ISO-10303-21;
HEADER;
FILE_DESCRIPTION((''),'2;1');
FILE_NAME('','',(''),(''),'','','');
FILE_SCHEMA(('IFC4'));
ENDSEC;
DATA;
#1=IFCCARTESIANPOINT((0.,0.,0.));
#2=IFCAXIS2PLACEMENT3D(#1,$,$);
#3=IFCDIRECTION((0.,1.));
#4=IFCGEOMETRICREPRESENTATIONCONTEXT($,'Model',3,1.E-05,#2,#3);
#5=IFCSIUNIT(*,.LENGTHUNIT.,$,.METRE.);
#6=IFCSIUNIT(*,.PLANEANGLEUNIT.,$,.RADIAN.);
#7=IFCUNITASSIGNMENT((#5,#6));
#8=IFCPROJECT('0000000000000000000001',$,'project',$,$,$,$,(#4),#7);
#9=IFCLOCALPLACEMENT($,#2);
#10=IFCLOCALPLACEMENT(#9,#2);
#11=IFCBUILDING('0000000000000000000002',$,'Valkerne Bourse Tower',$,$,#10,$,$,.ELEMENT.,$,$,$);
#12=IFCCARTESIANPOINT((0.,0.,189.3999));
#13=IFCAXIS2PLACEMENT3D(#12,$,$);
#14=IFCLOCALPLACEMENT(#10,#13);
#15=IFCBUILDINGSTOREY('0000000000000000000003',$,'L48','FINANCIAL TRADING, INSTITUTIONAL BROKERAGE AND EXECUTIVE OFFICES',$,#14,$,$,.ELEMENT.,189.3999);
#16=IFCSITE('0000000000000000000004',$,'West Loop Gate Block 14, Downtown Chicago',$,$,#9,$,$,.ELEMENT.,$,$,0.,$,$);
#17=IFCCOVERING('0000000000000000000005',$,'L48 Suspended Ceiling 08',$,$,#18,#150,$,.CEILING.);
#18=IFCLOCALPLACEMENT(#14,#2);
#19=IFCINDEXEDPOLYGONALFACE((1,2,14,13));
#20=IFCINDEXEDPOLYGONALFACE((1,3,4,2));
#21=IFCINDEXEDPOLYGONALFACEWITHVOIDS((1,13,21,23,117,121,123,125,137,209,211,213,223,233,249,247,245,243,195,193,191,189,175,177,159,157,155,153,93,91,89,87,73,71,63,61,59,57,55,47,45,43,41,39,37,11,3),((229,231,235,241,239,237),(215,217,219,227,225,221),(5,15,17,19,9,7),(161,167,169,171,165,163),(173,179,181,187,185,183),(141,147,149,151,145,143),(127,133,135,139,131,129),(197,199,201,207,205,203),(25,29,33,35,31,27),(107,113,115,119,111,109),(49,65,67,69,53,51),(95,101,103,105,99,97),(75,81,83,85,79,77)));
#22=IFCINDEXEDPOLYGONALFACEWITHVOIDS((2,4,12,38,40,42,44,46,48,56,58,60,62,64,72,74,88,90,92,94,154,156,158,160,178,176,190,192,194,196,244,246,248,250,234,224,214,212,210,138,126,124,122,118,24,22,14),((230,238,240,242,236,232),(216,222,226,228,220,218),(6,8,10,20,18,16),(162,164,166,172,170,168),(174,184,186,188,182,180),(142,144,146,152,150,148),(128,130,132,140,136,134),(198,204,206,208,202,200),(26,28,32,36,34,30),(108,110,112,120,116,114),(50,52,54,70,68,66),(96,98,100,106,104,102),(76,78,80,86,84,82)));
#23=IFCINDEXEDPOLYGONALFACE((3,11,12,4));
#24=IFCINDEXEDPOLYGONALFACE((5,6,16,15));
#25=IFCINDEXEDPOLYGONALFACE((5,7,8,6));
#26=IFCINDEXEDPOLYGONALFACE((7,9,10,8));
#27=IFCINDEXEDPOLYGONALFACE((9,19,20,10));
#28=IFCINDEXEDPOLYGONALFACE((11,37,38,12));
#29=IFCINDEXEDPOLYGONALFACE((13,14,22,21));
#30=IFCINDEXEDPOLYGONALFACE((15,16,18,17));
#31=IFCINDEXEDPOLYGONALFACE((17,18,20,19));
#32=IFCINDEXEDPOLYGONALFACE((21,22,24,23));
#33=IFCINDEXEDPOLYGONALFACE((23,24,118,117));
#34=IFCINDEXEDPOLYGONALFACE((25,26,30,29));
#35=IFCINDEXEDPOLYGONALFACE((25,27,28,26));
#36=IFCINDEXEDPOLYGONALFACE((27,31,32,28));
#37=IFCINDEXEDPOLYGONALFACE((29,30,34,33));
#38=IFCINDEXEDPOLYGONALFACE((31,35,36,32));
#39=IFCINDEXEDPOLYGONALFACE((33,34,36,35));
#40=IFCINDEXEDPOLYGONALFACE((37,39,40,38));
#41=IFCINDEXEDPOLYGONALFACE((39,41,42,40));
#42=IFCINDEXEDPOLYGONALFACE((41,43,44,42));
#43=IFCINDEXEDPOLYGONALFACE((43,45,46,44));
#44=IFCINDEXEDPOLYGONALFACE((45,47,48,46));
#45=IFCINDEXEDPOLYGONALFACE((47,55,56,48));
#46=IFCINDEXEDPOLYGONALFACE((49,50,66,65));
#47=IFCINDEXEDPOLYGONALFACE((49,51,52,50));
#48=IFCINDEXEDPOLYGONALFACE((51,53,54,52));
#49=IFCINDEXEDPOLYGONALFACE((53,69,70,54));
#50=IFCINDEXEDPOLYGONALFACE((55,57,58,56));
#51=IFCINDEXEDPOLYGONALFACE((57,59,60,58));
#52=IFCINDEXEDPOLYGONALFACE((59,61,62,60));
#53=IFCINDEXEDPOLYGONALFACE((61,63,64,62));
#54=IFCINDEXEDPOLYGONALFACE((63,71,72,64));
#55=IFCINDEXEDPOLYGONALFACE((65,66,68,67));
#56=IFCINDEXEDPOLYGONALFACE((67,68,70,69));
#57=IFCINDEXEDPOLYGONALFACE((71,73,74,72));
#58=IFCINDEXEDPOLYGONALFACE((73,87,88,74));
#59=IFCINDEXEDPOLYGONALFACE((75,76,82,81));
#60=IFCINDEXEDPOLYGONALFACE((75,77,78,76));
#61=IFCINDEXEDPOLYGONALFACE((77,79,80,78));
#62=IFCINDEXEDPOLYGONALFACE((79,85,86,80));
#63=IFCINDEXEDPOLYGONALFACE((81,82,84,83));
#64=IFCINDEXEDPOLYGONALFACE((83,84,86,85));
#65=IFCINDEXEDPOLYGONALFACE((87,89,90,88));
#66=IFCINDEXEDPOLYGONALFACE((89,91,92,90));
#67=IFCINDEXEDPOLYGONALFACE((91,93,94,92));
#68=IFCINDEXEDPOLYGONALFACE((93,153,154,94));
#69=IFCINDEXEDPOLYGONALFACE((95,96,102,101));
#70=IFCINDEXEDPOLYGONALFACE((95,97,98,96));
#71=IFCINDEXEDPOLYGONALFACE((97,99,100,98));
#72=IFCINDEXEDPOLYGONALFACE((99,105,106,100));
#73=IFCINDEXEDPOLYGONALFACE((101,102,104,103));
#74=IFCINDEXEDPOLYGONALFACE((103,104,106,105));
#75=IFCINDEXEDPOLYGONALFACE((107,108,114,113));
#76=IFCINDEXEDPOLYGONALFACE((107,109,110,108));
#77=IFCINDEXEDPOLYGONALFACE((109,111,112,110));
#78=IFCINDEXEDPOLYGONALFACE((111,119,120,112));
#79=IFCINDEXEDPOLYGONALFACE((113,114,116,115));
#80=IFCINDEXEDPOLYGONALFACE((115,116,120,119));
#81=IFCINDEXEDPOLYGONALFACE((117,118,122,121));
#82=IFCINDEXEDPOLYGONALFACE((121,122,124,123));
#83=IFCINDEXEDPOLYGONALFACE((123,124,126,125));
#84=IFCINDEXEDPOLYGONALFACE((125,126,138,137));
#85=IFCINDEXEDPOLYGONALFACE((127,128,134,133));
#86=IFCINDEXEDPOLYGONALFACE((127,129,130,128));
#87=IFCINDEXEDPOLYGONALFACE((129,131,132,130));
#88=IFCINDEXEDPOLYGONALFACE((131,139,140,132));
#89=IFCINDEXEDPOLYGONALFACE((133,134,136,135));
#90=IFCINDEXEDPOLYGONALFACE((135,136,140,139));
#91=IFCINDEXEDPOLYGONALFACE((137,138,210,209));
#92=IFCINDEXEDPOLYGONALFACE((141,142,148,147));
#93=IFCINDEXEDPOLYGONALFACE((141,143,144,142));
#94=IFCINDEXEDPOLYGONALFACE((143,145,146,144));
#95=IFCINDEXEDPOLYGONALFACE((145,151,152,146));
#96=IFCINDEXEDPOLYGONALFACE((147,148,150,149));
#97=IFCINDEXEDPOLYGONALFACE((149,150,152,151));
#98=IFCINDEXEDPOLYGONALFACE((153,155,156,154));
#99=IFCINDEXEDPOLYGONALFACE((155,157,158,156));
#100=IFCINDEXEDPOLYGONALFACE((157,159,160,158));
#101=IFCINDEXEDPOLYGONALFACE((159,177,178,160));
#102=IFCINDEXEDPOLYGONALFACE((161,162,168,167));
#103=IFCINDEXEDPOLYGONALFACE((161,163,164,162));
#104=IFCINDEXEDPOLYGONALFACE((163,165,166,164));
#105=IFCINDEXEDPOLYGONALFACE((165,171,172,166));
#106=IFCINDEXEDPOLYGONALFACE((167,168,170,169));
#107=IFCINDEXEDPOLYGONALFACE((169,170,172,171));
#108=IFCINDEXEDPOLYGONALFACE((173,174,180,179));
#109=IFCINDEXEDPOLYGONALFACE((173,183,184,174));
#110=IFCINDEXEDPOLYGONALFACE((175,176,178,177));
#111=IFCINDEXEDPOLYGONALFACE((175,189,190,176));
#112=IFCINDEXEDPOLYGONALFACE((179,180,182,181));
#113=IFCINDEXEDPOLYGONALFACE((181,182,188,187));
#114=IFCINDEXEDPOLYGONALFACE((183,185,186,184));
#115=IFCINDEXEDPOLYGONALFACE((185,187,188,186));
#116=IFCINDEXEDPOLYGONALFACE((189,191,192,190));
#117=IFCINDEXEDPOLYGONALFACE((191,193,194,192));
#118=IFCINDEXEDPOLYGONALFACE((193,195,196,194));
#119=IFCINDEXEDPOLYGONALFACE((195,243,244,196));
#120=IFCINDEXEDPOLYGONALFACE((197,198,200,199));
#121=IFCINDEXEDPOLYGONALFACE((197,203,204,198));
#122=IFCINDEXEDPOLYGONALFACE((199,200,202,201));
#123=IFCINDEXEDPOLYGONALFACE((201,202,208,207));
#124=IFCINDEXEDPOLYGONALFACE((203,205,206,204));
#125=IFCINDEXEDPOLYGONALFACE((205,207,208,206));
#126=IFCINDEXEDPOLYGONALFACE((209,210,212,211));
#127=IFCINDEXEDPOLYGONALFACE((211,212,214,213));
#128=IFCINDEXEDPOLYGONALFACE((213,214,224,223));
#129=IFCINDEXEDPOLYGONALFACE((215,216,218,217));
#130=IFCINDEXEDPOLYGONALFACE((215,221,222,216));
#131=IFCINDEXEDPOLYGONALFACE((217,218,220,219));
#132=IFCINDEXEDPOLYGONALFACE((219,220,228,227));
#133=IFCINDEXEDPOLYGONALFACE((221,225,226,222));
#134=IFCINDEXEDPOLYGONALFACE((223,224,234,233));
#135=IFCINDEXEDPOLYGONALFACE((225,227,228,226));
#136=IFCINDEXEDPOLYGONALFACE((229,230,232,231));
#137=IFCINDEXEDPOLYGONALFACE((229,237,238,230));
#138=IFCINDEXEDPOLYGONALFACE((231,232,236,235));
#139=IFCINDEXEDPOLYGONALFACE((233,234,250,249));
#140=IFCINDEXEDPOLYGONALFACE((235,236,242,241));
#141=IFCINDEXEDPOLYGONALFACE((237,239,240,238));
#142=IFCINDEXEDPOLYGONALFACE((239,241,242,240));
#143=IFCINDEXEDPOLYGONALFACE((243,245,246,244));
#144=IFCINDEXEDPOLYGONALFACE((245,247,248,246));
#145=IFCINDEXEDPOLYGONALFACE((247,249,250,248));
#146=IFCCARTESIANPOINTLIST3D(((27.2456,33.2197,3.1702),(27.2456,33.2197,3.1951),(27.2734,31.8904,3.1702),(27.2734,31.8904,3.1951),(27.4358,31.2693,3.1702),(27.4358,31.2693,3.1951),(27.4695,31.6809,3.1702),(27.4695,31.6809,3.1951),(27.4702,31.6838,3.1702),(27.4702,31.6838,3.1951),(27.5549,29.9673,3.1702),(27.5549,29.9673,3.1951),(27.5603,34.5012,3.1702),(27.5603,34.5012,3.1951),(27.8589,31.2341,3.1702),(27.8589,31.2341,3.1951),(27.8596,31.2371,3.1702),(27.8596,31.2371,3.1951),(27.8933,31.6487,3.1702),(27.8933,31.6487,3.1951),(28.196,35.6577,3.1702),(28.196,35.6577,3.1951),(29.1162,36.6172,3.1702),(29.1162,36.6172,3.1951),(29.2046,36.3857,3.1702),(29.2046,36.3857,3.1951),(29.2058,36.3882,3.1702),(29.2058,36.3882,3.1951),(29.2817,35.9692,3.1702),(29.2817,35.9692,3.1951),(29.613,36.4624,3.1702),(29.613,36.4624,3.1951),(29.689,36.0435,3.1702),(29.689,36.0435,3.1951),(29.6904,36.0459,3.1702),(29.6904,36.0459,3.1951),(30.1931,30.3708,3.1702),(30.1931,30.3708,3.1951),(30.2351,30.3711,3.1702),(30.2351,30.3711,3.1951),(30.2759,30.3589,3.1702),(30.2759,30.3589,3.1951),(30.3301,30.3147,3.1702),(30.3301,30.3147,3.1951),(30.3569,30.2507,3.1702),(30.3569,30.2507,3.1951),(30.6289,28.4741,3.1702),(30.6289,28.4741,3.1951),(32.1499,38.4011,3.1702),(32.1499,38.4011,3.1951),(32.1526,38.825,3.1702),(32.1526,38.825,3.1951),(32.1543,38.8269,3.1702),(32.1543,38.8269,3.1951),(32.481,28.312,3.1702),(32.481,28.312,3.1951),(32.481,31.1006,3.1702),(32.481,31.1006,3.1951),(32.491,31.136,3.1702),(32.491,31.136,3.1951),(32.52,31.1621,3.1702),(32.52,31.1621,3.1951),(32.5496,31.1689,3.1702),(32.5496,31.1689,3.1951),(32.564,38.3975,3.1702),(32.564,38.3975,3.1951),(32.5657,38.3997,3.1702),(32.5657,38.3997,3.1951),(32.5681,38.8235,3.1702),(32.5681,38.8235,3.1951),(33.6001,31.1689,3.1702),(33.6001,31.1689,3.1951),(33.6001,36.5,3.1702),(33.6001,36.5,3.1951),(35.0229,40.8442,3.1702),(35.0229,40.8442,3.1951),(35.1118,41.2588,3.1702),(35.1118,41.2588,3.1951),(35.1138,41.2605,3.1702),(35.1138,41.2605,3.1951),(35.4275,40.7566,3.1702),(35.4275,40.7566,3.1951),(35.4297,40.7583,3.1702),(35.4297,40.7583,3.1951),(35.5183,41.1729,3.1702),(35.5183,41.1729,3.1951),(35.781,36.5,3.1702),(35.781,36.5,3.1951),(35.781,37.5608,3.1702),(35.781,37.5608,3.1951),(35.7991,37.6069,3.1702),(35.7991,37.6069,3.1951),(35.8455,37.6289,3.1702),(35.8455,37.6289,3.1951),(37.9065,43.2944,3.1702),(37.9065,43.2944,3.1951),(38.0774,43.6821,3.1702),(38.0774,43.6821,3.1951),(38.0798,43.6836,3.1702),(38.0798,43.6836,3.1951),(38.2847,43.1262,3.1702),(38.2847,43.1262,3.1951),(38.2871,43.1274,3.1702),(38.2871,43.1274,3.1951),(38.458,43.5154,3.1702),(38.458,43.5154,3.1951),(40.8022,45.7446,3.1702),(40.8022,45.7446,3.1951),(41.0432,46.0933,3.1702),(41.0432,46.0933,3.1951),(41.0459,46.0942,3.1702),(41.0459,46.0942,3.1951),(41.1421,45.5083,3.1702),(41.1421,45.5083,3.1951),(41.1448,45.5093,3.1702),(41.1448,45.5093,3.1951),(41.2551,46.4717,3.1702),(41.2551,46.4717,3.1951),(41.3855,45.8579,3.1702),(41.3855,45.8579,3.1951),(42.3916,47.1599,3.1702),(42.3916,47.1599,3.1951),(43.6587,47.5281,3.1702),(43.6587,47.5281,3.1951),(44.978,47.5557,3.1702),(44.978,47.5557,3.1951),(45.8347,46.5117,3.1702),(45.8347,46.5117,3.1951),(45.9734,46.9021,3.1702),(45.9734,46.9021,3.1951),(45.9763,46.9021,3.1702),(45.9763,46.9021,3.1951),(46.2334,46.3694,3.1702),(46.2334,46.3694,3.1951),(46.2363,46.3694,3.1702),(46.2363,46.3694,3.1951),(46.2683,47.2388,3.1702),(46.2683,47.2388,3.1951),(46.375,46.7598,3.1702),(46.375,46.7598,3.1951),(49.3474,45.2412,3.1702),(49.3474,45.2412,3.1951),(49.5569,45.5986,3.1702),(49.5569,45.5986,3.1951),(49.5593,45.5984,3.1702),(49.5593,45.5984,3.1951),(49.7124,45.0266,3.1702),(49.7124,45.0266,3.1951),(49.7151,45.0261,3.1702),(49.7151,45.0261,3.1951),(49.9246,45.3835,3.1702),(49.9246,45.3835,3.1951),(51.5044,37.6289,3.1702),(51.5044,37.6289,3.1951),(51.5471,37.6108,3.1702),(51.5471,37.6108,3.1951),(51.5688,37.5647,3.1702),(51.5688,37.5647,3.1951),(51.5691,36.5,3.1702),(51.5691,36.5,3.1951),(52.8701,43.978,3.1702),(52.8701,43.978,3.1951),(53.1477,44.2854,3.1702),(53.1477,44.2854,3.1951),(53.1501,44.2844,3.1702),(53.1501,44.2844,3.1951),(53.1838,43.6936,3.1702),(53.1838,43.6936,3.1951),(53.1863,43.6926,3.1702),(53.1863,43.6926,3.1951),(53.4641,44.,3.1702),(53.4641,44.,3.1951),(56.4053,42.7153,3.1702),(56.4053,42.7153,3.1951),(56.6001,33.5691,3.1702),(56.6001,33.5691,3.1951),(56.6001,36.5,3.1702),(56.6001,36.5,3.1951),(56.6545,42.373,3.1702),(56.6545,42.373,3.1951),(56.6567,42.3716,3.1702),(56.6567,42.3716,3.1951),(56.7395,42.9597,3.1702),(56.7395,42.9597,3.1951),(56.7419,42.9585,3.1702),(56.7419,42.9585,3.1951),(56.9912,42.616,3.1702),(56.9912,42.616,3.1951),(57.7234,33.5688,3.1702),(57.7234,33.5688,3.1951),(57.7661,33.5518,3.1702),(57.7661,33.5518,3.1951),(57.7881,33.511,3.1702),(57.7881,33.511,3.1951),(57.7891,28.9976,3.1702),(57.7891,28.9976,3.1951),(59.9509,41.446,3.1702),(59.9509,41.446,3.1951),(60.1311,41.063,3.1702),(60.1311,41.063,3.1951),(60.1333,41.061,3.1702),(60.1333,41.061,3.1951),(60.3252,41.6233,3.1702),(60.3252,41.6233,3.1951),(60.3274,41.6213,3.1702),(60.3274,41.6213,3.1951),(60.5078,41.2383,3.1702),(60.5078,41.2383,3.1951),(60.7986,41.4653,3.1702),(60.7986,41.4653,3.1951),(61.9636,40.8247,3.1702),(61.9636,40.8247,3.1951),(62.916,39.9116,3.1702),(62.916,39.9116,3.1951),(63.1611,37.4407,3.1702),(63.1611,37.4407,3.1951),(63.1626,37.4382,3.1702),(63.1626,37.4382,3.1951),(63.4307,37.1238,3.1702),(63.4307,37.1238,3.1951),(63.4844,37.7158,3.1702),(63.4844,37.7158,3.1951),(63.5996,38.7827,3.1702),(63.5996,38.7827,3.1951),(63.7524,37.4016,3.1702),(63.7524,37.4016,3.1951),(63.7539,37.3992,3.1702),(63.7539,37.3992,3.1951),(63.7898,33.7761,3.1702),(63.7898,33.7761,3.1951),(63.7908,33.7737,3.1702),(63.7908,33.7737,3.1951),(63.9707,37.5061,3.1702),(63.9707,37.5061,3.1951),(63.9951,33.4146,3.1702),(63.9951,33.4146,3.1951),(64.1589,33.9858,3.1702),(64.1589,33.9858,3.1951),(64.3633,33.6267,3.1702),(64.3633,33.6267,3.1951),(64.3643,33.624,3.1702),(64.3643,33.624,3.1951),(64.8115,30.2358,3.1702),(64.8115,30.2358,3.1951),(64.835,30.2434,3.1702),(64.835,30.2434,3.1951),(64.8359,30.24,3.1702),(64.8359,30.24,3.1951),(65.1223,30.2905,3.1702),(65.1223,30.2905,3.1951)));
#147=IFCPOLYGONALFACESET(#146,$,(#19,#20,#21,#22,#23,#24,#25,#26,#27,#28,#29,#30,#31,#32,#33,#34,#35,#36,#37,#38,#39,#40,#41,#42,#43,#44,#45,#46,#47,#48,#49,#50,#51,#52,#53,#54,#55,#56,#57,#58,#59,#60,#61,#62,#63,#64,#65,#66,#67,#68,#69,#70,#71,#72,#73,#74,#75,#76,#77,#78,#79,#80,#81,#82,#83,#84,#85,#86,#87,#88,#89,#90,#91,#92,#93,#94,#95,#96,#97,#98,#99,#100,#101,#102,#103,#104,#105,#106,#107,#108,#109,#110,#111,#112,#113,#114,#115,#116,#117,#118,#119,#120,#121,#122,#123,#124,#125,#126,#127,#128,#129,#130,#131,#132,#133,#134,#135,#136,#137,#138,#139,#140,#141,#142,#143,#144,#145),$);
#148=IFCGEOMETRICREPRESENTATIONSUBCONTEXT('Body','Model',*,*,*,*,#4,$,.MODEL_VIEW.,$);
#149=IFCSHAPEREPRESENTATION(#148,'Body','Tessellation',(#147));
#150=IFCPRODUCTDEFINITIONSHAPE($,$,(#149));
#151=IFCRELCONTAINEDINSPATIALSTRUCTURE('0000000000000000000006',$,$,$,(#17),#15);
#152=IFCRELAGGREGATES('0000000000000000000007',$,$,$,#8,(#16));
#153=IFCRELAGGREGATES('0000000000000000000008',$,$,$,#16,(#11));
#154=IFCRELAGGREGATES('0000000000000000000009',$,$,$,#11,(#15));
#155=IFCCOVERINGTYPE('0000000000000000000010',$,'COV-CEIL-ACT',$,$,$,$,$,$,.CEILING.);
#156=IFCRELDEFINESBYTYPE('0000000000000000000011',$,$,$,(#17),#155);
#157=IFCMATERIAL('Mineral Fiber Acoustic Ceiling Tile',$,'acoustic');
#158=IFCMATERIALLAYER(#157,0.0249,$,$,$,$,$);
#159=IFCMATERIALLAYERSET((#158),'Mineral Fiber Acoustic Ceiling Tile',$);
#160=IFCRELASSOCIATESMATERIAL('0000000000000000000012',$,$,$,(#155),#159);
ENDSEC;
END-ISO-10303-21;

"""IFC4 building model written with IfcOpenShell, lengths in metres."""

from ifc_helpers import new_model, si_unit, direction, frame, origin, place, context, subcontext, project, spatial, polyline, outline, extrude, material, layer, layer_set, type_object, element, save


model = new_model("IFC4")

# Units and contexts
model_context = context("Model", 3, precision=1e-05, world=origin(), true_north=direction((0.0, 1.0)))
body_context = subcontext(model_context, "Body", "Model", "MODEL_VIEW")
ifc_project = project(units=[si_unit("LENGTHUNIT", "METRE"), si_unit("PLANEANGLEUNIT", "RADIAN")], contexts=[model_context])

# Site, building, storey
site_placement = place(None, origin())
site = spatial("IfcSite", under=ifc_project, at=site_placement, Name="West Loop Gate Block 14, Downtown Chicago", CompositionType="ELEMENT", RefElevation=0.0)
building_placement = place(site_placement, origin())
building = spatial("IfcBuilding", under=site, at=building_placement, Name="Valkerne Bourse Tower", CompositionType="ELEMENT")
storey_placement = place(building_placement, frame((0.0, 0.0, 189.3999)))
storey = spatial("IfcBuildingStorey", under=building, at=storey_placement, Name="L48", Description="FINANCIAL TRADING, INSTITUTIONAL BROKERAGE AND EXECUTIVE OFFICES", CompositionType="ELEMENT", Elevation=189.3999)

# Covering
ifc_material_1 = material(Name="Mineral Fiber Acoustic Ceiling Tile", Category="acoustic")
ifc_layer_1 = layer(ifc_material_1, 0.0249)
ifc_layer_set_1 = layer_set([ifc_layer_1], Name="Mineral Fiber Acoustic Ceiling Tile")
covering_type_1 = type_object("IfcCoveringType", Name="COV-CEIL-ACT", PredefinedType="CEILING", material=ifc_layer_set_1)
covering_1_placement = place(storey_placement, frame((0.0, 0.0, 3.1702)))
element("IfcCovering", 1, at=covering_1_placement, inside=storey, type_object=covering_type_1, Name="L48 Suspended Ceiling 08", PredefinedType="CEILING", context=body_context, shape_type="SweptSolid", body=[
    extrude(outline(polyline([(29.1162, 36.6172), (41.2551, 46.4717), (42.3916, 47.1599), (43.6587, 47.5281), (44.978, 47.5557), (46.2683, 47.2388), (60.7986, 41.4653), (61.9636, 40.8247), (62.916, 39.9116), (63.5996, 38.7827), (63.9707, 37.5061), (65.1223, 30.2905), (64.8359, 30.24), (64.835, 30.2434), (64.8115, 30.2358), (57.7891, 28.9976), (57.7881, 33.511), (57.7661, 33.5518), (57.7234, 33.5688), (56.6001, 33.5691), (56.6001, 36.5), (51.5691, 36.5), (51.5688, 37.5647), (51.5471, 37.6108), (51.5044, 37.6289), (35.8455, 37.6289), (35.7991, 37.6069), (35.781, 37.5608), (35.781, 36.5), (33.6001, 36.5), (33.6001, 31.1689), (32.5496, 31.1689), (32.52, 31.1621), (32.491, 31.136), (32.481, 31.1006), (32.481, 28.312), (30.6289, 28.4741), (30.3569, 30.2507), (30.3301, 30.3147), (30.2759, 30.3589), (30.2351, 30.3711), (30.1931, 30.3708), (27.5549, 29.9673), (27.2734, 31.8904), (27.2456, 33.2197), (27.5603, 34.5012), (28.196, 35.6577), (29.1162, 36.6172)]), holes=[polyline([(27.8596, 31.2371), (27.8933, 31.6487), (27.4702, 31.6838), (27.4695, 31.6809), (27.4358, 31.2693), (27.8589, 31.2341), (27.8596, 31.2371)]), polyline([(29.6904, 36.0459), (29.613, 36.4624), (29.2058, 36.3882), (29.2046, 36.3857), (29.2817, 35.9692), (29.689, 36.0435), (29.6904, 36.0459)]), polyline([(32.5681, 38.8235), (32.1543, 38.8269), (32.1526, 38.825), (32.1499, 38.4011), (32.564, 38.3975), (32.5657, 38.3997), (32.5681, 38.8235)]), polyline([(35.5183, 41.1729), (35.1138, 41.2605), (35.1118, 41.2588), (35.0229, 40.8442), (35.4275, 40.7566), (35.4297, 40.7583), (35.5183, 41.1729)]), polyline([(38.2871, 43.1274), (38.458, 43.5154), (38.0798, 43.6836), (38.0774, 43.6821), (37.9065, 43.2944), (38.2847, 43.1262), (38.2871, 43.1274)]), polyline([(53.4641, 44.0), (53.1501, 44.2844), (53.1477, 44.2854), (52.8701, 43.978), (53.1838, 43.6936), (53.1863, 43.6926), (53.4641, 44.0)]), polyline([(49.5593, 45.5984), (49.5569, 45.5986), (49.3474, 45.2412), (49.7124, 45.0266), (49.7151, 45.0261), (49.9246, 45.3835), (49.5593, 45.5984)]), polyline([(41.3855, 45.8579), (41.0459, 46.0942), (41.0432, 46.0933), (40.8022, 45.7446), (41.1421, 45.5083), (41.1448, 45.5093), (41.3855, 45.8579)]), polyline([(46.375, 46.7598), (45.9763, 46.9021), (45.9734, 46.9021), (45.8347, 46.5117), (46.2334, 46.3694), (46.2363, 46.3694), (46.375, 46.7598)]), polyline([(64.3643, 33.624), (64.3633, 33.6267), (64.1589, 33.9858), (63.7898, 33.7761), (63.7908, 33.7737), (63.9951, 33.4146), (64.3643, 33.624)]), polyline([(63.7539, 37.3992), (63.7524, 37.4016), (63.4844, 37.7158), (63.1611, 37.4407), (63.1626, 37.4382), (63.4307, 37.1238), (63.7539, 37.3992)]), polyline([(60.3274, 41.6213), (60.3252, 41.6233), (59.9509, 41.446), (60.1311, 41.063), (60.1333, 41.061), (60.5078, 41.2383), (60.3274, 41.6213)]), polyline([(56.9912, 42.616), (56.7419, 42.9585), (56.7395, 42.9597), (56.4053, 42.7153), (56.6545, 42.373), (56.6567, 42.3716), (56.9912, 42.616)])]), origin(), (0.0, 0.0, 1.0), 0.0249),
])

save(model, "model.ifc")
